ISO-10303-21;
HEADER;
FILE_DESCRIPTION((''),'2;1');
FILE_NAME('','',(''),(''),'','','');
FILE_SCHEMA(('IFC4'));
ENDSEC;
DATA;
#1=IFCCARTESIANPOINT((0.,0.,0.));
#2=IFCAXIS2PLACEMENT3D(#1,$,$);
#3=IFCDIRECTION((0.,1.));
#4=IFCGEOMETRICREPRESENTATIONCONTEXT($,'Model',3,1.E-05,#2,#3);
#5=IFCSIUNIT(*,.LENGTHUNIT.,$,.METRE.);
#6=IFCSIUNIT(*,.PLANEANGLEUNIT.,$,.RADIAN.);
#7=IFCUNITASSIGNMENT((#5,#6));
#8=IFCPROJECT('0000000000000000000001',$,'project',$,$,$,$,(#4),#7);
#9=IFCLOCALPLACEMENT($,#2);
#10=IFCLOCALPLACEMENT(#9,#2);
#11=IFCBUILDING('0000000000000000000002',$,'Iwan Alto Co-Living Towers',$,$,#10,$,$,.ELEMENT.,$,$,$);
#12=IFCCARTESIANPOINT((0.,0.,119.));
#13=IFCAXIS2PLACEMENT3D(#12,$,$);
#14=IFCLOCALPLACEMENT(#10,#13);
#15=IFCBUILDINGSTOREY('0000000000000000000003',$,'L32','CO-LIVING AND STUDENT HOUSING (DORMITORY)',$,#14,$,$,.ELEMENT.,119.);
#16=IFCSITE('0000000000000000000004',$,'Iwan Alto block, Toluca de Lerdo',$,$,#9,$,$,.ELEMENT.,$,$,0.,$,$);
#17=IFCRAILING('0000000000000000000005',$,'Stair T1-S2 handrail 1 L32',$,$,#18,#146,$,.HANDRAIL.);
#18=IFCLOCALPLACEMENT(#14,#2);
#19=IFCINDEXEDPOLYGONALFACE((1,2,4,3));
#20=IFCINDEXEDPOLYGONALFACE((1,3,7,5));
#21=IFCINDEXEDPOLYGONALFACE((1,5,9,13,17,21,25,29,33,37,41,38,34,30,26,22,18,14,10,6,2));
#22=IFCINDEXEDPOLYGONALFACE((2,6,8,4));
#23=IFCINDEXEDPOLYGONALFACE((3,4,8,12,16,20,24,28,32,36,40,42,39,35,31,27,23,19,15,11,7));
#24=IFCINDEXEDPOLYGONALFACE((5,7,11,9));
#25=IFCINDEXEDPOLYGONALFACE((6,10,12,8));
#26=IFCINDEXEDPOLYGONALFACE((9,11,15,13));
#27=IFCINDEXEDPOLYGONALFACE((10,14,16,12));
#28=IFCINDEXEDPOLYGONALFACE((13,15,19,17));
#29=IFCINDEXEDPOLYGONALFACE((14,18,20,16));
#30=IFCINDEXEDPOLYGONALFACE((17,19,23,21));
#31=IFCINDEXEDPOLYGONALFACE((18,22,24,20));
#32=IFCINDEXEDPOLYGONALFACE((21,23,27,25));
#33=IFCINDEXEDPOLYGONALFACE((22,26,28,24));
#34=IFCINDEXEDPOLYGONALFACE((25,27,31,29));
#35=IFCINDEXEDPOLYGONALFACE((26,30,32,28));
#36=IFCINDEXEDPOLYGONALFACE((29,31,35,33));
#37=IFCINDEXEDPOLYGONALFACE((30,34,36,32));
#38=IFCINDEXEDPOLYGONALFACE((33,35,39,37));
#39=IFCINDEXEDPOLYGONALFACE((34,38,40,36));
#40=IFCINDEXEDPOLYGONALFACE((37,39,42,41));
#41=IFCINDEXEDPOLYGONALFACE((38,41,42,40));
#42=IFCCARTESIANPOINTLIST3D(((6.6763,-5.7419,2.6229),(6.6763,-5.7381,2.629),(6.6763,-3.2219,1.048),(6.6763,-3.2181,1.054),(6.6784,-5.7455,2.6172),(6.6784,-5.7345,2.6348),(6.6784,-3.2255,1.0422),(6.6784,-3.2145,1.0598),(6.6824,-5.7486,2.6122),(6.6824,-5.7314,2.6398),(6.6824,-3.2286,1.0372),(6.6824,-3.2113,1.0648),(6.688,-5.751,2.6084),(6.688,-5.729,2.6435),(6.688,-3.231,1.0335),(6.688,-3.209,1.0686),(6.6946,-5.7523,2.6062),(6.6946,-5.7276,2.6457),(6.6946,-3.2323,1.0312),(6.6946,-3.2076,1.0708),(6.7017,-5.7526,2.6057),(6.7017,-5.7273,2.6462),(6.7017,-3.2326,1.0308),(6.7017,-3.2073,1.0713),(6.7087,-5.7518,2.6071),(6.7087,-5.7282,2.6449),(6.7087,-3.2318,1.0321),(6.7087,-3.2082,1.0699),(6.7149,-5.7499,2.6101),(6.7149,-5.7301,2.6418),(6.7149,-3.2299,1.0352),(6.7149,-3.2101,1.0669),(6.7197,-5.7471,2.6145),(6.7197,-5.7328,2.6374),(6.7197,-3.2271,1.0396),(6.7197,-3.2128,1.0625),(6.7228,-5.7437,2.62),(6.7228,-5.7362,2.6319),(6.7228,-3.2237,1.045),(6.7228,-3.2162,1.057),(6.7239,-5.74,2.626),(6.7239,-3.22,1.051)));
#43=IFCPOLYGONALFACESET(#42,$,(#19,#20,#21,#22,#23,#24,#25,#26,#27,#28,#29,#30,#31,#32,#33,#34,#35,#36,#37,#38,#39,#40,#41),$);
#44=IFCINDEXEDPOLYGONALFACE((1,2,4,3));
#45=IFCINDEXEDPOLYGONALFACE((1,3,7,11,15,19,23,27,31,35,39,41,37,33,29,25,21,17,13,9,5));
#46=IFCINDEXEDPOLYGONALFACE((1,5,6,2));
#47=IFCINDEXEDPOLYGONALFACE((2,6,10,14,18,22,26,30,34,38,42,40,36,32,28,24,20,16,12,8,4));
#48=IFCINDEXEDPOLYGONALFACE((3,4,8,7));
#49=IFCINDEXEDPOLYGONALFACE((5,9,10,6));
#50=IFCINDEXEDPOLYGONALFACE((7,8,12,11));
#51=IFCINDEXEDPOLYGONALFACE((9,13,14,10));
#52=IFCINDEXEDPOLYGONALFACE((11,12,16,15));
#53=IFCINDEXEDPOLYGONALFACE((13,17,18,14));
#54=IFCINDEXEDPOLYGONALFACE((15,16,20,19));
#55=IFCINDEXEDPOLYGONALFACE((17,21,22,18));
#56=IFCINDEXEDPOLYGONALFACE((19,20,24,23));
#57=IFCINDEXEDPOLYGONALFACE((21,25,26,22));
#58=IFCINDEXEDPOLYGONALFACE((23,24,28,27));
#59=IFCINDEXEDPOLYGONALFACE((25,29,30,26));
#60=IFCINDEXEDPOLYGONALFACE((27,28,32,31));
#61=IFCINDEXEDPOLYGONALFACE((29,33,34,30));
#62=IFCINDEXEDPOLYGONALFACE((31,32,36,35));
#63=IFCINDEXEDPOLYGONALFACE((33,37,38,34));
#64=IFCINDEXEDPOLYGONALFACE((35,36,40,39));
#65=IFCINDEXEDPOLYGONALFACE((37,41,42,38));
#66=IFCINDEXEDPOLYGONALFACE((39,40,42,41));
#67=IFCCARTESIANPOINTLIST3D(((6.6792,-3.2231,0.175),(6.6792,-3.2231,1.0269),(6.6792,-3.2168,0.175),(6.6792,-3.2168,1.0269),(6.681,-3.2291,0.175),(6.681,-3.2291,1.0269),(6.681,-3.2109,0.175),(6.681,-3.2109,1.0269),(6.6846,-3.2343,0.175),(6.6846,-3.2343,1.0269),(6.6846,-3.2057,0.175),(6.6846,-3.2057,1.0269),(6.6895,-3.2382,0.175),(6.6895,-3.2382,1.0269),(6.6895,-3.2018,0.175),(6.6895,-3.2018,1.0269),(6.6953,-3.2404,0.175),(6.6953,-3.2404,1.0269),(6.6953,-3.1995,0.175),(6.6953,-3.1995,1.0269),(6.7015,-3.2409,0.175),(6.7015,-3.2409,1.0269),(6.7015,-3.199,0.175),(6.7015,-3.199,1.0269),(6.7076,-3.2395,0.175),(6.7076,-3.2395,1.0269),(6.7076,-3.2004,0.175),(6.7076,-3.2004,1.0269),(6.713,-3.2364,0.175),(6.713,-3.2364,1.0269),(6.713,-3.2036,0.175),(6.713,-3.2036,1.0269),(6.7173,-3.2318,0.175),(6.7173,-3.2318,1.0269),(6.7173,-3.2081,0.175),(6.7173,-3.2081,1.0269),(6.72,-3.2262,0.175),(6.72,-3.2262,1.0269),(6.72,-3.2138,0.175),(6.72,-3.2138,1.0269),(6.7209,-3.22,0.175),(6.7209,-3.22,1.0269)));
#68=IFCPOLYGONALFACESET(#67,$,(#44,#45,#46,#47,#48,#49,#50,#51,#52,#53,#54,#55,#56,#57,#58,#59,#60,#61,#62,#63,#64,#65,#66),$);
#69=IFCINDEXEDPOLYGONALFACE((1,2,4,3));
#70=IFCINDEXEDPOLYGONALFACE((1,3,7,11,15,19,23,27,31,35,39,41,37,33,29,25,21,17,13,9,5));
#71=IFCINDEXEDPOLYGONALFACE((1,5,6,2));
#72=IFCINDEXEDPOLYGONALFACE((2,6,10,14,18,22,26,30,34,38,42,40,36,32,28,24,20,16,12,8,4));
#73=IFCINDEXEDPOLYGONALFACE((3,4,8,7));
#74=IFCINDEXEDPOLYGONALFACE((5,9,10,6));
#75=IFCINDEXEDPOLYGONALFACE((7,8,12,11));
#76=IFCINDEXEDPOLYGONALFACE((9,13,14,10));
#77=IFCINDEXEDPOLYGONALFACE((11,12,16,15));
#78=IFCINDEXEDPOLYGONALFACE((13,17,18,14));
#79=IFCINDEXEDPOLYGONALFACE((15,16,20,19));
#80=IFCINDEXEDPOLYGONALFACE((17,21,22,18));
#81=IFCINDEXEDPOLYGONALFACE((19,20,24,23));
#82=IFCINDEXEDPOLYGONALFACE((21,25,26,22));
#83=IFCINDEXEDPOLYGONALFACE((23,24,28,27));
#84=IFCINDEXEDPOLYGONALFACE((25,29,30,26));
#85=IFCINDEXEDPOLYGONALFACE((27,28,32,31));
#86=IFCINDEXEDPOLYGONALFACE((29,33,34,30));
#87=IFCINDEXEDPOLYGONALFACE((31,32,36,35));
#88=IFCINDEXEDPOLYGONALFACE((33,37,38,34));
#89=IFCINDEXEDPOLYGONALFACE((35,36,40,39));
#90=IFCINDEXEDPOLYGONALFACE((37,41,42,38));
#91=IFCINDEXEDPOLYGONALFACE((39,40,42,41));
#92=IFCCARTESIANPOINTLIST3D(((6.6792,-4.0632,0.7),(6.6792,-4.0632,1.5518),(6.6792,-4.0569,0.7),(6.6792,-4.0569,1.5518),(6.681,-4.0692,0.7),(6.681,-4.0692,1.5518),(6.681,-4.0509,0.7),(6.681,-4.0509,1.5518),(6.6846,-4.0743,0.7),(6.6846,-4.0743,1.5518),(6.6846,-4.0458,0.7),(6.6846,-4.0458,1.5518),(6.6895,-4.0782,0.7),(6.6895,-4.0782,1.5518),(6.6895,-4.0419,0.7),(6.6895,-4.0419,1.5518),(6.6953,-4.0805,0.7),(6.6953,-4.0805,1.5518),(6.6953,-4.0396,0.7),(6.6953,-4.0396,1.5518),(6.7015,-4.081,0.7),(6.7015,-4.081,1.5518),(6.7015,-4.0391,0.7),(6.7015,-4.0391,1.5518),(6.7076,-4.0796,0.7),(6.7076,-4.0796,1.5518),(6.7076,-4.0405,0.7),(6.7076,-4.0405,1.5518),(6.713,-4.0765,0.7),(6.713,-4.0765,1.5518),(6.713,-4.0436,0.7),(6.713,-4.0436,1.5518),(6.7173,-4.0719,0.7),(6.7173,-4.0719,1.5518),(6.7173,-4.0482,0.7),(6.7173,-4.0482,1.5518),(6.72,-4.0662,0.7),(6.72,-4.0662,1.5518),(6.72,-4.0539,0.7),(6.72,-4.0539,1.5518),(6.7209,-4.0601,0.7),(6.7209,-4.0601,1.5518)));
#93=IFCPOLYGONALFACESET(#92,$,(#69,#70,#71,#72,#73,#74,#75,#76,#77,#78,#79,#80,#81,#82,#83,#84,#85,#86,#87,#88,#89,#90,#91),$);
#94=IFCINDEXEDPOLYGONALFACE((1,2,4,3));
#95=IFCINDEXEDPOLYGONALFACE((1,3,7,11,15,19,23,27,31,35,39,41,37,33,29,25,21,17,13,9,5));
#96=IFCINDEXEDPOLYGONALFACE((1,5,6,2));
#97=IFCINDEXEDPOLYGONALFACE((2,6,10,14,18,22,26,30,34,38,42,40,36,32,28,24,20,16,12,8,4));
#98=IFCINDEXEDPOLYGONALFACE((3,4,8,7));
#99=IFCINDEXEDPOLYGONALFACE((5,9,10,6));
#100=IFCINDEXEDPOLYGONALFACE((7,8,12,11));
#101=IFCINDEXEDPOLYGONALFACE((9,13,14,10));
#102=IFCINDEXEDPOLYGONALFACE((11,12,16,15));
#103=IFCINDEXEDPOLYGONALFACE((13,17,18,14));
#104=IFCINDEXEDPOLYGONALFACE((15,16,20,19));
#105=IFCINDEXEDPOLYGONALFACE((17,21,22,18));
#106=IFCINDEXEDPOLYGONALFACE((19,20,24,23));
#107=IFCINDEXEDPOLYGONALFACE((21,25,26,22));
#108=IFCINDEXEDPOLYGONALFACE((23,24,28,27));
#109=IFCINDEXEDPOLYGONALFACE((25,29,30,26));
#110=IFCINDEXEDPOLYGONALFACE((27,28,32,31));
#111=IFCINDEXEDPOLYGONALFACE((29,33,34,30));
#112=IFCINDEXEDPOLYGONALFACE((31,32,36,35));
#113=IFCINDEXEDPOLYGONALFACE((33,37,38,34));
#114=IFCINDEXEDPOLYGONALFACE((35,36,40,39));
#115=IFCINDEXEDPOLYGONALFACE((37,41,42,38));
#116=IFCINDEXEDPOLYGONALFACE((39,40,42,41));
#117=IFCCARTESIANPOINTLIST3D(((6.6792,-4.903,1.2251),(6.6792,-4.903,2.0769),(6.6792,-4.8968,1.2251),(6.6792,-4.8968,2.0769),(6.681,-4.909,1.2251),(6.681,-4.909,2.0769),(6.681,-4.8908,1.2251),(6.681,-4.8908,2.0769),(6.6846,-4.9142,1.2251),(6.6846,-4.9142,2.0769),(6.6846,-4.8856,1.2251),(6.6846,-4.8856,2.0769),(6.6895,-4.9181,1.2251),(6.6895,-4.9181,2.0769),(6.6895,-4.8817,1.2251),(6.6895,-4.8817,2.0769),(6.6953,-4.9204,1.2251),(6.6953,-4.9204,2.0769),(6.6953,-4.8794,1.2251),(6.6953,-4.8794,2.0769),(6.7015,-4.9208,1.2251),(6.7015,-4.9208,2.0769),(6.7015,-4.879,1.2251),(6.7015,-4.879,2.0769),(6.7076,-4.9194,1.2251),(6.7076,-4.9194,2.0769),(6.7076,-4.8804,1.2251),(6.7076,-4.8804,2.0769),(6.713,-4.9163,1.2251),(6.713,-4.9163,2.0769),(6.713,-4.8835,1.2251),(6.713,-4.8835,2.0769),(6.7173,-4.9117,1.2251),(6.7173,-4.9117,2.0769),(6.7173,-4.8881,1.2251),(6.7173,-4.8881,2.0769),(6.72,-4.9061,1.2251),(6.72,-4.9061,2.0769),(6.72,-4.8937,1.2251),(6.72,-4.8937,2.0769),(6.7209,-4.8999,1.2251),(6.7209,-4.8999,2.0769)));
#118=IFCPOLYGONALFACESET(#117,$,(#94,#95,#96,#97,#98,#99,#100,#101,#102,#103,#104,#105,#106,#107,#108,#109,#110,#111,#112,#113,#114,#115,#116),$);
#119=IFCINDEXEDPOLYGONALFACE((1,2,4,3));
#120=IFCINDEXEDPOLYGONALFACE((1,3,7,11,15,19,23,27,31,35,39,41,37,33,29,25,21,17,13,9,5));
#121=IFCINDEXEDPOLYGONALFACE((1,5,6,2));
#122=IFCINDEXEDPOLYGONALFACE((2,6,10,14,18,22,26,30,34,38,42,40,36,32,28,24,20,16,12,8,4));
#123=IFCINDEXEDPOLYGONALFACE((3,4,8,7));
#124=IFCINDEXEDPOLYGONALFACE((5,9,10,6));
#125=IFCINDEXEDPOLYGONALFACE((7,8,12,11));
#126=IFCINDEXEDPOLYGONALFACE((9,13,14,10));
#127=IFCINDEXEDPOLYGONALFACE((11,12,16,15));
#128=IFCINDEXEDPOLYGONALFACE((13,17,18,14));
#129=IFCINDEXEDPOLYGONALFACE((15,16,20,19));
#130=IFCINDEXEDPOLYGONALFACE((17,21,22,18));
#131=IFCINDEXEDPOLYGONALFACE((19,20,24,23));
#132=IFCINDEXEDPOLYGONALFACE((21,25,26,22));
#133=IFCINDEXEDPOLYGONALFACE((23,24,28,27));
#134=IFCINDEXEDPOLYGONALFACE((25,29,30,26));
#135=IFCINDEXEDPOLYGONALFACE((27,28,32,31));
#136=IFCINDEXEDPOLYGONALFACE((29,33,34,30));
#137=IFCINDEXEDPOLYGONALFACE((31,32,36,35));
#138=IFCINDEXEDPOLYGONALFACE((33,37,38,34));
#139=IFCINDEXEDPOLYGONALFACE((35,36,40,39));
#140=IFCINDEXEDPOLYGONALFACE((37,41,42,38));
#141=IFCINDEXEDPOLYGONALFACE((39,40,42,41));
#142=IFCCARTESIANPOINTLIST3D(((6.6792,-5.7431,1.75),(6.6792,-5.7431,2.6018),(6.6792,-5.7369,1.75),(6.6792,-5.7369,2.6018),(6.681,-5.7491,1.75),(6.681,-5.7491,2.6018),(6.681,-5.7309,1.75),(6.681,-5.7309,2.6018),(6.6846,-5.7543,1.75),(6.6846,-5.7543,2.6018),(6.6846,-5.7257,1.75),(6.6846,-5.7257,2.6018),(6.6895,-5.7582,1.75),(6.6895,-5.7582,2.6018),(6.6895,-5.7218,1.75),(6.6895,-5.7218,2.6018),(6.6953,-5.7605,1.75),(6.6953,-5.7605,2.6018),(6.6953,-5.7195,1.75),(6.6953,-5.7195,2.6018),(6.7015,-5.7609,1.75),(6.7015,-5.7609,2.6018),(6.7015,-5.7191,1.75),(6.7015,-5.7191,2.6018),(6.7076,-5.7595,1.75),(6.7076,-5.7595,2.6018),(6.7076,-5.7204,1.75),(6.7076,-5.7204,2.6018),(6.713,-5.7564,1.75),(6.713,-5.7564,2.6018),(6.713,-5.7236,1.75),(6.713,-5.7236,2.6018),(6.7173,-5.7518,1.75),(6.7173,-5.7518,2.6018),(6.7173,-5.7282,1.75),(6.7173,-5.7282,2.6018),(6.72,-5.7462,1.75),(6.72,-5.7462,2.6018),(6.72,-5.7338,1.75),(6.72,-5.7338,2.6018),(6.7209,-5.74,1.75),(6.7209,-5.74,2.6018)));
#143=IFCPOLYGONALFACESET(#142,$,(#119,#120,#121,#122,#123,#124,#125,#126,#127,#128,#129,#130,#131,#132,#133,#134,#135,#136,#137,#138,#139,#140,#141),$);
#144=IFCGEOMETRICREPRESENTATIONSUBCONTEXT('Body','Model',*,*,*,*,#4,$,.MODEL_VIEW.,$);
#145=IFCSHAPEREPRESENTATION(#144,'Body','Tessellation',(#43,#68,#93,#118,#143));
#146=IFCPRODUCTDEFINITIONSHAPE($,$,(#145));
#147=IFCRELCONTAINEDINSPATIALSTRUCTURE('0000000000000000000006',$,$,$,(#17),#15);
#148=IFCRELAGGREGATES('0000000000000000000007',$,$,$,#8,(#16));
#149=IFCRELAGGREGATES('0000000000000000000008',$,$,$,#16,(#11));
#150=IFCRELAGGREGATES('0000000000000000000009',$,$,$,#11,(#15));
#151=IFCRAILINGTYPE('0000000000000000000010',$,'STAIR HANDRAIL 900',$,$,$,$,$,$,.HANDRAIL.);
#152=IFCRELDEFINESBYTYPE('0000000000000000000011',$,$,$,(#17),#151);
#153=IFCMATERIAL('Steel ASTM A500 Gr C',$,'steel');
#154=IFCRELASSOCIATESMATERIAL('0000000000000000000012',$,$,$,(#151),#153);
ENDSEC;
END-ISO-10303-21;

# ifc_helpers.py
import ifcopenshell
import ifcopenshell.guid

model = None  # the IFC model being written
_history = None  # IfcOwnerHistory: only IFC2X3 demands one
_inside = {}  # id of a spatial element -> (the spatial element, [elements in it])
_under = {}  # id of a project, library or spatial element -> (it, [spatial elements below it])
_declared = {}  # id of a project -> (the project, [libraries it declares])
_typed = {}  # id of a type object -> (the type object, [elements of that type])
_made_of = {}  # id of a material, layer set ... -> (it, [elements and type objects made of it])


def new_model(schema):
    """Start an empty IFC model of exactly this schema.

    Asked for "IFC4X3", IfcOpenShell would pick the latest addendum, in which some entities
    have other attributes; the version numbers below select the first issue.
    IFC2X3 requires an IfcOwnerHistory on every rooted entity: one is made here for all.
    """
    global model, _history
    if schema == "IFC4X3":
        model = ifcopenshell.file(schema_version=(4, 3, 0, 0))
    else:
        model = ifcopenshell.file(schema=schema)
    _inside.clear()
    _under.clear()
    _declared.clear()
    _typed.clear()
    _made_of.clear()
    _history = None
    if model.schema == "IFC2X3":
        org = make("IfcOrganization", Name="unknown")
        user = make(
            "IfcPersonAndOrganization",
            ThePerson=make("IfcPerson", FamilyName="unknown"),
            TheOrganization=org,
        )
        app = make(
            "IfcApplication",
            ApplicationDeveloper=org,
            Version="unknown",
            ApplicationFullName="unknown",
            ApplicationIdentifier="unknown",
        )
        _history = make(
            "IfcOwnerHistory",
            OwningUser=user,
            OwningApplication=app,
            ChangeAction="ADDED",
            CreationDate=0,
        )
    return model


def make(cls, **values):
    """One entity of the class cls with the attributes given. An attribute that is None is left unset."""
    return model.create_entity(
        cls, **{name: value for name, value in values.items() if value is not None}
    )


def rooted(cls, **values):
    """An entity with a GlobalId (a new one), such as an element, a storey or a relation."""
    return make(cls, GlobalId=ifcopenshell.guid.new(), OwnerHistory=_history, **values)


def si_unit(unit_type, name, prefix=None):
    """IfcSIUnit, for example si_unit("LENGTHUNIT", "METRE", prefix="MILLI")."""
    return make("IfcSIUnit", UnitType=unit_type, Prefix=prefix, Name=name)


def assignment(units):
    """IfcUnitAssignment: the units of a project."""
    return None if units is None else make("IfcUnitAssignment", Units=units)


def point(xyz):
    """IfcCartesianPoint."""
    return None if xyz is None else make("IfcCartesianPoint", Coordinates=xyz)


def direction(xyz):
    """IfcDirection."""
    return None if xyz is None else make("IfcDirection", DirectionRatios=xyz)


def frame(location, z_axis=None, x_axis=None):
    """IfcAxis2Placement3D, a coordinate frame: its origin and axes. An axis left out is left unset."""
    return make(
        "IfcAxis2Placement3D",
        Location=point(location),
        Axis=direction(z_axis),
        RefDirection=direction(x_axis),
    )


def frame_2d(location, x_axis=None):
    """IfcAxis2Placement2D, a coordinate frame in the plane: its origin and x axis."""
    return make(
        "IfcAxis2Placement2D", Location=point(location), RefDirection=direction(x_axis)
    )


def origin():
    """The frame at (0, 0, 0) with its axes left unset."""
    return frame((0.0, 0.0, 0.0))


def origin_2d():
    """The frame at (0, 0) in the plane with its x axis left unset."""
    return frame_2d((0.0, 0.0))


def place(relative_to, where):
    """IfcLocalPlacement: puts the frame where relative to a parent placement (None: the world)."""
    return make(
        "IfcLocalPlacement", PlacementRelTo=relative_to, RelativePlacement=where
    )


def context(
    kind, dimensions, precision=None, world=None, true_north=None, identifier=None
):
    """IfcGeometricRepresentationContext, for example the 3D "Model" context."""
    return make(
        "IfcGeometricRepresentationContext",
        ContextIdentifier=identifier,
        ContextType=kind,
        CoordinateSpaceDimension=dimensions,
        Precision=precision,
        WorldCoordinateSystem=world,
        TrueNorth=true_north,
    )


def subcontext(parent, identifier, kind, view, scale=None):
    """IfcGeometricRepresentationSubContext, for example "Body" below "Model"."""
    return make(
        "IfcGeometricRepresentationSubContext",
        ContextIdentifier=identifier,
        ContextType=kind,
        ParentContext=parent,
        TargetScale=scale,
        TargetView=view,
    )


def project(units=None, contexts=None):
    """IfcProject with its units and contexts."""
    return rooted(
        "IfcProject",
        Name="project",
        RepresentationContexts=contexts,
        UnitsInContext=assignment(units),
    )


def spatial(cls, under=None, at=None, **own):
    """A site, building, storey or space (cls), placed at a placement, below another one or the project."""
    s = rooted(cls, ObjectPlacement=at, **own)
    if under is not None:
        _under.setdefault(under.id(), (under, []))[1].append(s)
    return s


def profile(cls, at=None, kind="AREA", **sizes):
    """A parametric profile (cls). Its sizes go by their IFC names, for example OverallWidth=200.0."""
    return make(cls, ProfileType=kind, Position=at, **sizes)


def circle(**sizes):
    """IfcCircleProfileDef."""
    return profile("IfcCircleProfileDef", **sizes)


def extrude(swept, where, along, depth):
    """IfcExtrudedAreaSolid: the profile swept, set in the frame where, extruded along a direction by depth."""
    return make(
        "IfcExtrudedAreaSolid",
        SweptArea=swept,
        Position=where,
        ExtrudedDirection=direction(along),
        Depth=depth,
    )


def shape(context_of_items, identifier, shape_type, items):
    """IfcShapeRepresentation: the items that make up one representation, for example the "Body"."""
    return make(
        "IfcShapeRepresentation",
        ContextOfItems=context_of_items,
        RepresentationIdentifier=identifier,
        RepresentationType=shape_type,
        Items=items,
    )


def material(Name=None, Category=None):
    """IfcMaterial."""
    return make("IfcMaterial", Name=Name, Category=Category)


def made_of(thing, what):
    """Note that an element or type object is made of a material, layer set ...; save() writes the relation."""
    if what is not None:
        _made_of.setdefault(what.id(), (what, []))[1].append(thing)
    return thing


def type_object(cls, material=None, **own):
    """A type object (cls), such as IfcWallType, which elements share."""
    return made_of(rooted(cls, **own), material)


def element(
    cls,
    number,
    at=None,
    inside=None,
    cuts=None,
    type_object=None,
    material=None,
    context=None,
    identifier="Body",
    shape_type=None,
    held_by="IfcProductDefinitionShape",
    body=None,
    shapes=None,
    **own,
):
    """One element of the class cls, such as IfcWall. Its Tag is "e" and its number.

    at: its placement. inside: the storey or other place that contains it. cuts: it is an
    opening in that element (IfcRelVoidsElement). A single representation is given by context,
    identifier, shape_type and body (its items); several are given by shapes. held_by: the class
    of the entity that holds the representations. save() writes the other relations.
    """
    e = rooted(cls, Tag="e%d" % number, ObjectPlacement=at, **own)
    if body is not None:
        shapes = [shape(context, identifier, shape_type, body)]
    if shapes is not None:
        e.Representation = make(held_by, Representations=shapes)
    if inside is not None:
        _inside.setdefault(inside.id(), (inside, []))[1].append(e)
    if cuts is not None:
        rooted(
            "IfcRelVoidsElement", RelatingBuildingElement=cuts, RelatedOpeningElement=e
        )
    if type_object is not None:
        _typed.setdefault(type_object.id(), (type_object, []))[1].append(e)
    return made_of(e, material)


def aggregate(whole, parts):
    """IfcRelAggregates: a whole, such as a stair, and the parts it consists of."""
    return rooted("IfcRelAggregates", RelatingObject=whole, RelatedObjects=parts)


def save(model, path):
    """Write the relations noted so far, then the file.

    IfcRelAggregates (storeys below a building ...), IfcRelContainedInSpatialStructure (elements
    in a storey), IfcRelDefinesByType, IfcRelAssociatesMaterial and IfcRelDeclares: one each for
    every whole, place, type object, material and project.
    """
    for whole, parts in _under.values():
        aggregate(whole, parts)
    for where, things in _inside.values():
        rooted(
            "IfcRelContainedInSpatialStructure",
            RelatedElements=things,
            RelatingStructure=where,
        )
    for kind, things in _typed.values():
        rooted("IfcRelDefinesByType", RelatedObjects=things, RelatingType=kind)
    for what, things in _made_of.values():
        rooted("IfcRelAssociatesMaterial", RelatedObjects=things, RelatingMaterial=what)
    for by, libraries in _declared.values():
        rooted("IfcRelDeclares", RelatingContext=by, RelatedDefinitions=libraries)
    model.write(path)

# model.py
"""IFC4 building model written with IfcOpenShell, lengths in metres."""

from ifc_helpers import new_model, si_unit, direction, frame, origin, origin_2d, place, context, subcontext, project, spatial, circle, extrude, material, type_object, element, save


model = new_model("IFC4")

# Units and contexts
model_context = context("Model", 3, precision=1e-05, world=origin(), true_north=direction((0.0, 1.0)))
body_context = subcontext(model_context, "Body", "Model", "MODEL_VIEW")
ifc_project = project(units=[si_unit("LENGTHUNIT", "METRE"), si_unit("PLANEANGLEUNIT", "RADIAN")], contexts=[model_context])

# Site, building, storey
site_placement = place(None, origin())
site = spatial("IfcSite", under=ifc_project, at=site_placement, Name="Iwan Alto block, Toluca de Lerdo", CompositionType="ELEMENT", RefElevation=0.0)
building_placement = place(site_placement, origin())
building = spatial("IfcBuilding", under=site, at=building_placement, Name="Iwan Alto Co-Living Towers", CompositionType="ELEMENT")
storey_placement = place(building_placement, frame((0.0, 0.0, 119.0)))
storey = spatial("IfcBuildingStorey", under=building, at=storey_placement, Name="L32", Description="CO-LIVING AND STUDENT HOUSING (DORMITORY)", CompositionType="ELEMENT", Elevation=119.0)

# Railing
ifc_material_1 = material(Name="Steel ASTM A500 Gr C", Category="steel")
railing_type_1 = type_object("IfcRailingType", Name="STAIR HANDRAIL 900", PredefinedType="HANDRAIL", material=ifc_material_1)
railing_1_placement = place(storey_placement, frame((6.7, -3.22, 0.175)))
element("IfcRailing", 1, at=railing_1_placement, inside=storey, type_object=railing_type_1, Name="Stair T1-S2 handrail 1 L32", PredefinedType="HANDRAIL", context=body_context, shape_type="SweptSolid", body=[
    extrude(circle(Radius=0.0239, at=origin_2d()), frame((0.0, 0.0, 0.876), z_axis=(0.0, -0.848008, 0.529984), x_axis=(1.0, 0.0, 0.0)), (0.0, 0.0, 1.0), 2.9717),
    extrude(circle(Radius=0.021, at=origin_2d()), origin(), (0.0, 0.0, 1.0), 0.8518),
    extrude(circle(Radius=0.021, at=origin_2d()), frame((0.0, -0.8401, 0.5249)), (0.0, 0.0, 1.0), 0.8518),
    extrude(circle(Radius=0.021, at=origin_2d()), frame((0.0, -1.6799, 1.05)), (0.0, 0.0, 1.0), 0.8518),
    extrude(circle(Radius=0.021, at=origin_2d()), frame((0.0, -2.52, 1.575)), (0.0, 0.0, 1.0), 0.8518),
])

save(model, "model.ifc")
